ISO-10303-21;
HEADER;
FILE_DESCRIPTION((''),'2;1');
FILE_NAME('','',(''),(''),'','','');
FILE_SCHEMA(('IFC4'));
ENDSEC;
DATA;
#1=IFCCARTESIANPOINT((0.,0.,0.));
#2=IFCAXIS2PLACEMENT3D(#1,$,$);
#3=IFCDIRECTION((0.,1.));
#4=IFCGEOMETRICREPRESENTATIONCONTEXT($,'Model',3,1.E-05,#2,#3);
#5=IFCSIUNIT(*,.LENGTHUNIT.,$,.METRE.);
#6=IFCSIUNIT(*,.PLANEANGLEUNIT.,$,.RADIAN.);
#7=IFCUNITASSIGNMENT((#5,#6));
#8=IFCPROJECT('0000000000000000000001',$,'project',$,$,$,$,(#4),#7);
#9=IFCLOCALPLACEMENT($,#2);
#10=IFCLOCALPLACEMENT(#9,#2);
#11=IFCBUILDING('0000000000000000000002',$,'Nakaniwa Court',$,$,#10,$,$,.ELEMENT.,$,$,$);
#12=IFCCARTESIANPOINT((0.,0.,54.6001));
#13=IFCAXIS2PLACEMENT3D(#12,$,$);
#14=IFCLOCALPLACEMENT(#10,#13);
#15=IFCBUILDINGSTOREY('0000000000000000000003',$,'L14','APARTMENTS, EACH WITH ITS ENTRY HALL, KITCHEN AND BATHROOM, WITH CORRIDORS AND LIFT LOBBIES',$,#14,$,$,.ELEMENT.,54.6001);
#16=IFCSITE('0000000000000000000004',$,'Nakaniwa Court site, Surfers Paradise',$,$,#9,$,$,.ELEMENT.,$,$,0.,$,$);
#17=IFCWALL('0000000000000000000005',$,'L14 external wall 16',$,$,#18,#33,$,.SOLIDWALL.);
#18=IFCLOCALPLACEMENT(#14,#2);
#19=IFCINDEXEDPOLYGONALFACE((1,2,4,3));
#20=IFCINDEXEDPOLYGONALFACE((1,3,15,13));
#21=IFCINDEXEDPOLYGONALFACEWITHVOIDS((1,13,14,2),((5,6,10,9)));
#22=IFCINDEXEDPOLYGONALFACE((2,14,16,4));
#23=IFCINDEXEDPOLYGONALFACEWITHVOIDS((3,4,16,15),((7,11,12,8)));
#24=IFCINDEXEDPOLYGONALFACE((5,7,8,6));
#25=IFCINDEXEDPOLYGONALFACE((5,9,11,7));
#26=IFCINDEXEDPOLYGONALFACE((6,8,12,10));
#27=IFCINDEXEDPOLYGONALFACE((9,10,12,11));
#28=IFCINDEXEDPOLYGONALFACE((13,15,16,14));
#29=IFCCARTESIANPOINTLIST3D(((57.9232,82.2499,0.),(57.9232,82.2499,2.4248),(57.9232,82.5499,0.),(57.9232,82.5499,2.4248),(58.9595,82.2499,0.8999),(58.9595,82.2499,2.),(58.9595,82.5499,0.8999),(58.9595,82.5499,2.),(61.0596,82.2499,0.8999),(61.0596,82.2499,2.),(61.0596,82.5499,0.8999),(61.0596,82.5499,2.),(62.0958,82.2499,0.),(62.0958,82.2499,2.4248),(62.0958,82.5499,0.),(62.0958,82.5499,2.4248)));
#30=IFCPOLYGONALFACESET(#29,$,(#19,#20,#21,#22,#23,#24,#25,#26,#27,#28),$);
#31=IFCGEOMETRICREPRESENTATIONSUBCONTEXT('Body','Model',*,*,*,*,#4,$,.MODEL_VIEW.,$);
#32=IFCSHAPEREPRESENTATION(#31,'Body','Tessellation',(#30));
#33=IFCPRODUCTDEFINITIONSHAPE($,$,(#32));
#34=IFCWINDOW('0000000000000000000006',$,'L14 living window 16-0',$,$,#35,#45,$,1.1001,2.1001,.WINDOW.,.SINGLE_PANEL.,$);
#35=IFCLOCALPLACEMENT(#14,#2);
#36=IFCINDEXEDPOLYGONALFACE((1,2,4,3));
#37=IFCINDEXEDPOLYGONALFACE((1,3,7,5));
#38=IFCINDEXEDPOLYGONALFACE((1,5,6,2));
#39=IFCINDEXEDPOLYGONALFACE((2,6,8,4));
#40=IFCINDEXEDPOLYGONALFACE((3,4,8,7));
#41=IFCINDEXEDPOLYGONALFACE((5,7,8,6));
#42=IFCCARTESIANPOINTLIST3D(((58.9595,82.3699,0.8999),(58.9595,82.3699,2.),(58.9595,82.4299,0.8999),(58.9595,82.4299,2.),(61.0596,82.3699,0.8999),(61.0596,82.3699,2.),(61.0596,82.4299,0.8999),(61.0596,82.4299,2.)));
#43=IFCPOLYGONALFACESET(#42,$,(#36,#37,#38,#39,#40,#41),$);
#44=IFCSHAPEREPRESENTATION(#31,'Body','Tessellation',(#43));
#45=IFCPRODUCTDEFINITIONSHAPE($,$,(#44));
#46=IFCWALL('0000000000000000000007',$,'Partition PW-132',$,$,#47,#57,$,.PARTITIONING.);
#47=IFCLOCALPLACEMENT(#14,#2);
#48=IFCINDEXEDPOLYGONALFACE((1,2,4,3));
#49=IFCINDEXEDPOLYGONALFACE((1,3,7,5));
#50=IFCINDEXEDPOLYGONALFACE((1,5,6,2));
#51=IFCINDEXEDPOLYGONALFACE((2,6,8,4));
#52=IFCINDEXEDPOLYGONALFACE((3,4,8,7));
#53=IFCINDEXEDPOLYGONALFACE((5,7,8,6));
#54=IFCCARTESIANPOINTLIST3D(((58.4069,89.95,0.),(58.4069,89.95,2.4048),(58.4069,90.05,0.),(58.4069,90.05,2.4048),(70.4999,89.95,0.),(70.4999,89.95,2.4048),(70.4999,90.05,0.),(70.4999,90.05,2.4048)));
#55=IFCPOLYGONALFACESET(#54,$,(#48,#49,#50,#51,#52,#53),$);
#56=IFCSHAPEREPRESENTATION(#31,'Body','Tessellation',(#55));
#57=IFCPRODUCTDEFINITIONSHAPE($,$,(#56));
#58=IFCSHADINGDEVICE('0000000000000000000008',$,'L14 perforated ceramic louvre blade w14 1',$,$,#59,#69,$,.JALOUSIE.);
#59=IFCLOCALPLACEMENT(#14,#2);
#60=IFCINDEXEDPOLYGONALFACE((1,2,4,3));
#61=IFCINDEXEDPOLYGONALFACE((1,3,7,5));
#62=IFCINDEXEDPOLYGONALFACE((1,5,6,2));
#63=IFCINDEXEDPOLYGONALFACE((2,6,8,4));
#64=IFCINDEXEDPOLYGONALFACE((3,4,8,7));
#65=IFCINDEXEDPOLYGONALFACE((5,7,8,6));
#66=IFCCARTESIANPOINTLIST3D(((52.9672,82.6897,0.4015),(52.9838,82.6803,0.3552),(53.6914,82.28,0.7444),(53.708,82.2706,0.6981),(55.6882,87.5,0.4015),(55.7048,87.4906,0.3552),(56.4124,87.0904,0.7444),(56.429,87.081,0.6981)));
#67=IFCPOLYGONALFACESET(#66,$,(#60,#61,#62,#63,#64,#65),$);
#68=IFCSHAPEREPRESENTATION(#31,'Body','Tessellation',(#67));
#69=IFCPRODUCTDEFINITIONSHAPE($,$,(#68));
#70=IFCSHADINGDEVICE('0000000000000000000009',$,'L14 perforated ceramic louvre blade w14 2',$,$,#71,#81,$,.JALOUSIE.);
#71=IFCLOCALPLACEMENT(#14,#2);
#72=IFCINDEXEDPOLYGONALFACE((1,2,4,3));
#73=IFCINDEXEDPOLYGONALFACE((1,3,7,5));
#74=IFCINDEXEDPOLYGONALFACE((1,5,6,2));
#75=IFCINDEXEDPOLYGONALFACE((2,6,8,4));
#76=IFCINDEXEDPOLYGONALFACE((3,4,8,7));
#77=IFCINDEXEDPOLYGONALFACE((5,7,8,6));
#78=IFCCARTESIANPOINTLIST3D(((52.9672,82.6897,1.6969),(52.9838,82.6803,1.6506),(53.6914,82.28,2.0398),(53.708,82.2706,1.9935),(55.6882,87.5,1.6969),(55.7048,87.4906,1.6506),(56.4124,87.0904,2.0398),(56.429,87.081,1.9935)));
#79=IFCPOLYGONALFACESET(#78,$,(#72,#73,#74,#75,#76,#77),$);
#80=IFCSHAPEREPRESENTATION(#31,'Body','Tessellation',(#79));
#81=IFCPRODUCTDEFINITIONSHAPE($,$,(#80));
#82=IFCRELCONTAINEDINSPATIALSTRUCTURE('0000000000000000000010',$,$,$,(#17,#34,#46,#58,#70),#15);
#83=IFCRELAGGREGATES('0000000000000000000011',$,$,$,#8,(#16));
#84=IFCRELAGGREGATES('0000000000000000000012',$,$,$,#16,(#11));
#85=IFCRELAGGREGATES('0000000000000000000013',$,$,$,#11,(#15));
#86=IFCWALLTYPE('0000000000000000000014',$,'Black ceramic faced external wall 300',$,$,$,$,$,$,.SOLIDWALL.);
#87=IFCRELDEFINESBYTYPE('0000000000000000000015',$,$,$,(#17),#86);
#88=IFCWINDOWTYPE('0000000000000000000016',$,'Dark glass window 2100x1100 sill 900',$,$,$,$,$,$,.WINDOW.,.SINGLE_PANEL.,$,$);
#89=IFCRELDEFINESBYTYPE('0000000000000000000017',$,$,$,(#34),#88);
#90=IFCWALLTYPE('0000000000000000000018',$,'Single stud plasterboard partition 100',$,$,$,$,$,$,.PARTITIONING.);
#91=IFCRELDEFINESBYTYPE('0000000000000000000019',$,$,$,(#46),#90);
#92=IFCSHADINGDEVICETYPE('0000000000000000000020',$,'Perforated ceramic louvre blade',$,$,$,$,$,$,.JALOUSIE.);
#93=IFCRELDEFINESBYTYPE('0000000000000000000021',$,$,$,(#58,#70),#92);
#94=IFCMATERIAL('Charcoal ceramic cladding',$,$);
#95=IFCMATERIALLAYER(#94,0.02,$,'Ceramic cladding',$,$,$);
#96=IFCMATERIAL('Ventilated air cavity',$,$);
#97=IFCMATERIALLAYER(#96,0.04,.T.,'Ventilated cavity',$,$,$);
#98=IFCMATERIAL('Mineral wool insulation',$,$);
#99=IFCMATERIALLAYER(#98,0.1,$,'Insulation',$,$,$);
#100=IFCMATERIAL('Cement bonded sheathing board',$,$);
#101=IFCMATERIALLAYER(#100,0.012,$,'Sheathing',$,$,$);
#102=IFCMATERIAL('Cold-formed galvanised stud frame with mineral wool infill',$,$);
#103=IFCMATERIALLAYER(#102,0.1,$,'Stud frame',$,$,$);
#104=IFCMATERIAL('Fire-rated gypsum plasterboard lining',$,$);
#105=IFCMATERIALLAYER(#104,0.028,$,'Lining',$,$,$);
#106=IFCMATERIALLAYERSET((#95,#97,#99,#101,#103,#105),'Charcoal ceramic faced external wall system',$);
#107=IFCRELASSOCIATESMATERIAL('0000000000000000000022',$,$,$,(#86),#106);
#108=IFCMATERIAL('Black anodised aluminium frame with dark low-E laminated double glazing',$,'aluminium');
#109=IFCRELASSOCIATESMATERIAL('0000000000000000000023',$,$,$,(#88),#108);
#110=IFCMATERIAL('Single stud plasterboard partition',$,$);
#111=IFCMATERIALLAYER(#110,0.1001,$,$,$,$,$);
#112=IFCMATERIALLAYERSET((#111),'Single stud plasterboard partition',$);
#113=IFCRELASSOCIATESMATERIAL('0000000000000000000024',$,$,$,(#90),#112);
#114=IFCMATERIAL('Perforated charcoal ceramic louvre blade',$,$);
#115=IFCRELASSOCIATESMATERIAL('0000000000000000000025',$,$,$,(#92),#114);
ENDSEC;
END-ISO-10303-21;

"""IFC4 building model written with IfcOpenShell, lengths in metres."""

from ifc_helpers import new_model, si_unit, direction, frame, frame_2d, origin, origin_2d, place, context, subcontext, project, spatial, rectangle, extrude, material, layer, layer_set, material_profile, profile_set, type_object, element, fill, save


model = new_model("IFC4")

# Units and contexts
model_context = context("Model", 3, precision=1e-05, world=origin(), true_north=direction((0.0, 1.0)))
body_context = subcontext(model_context, "Body", "Model", "MODEL_VIEW")
ifc_project = project(units=[si_unit("LENGTHUNIT", "METRE"), si_unit("PLANEANGLEUNIT", "RADIAN")], contexts=[model_context])

# Site, building, storey
site_placement = place(None, origin())
site = spatial("IfcSite", under=ifc_project, at=site_placement, Name="Nakaniwa Court site, Surfers Paradise", CompositionType="ELEMENT", RefElevation=0.0)
building_placement = place(site_placement, origin())
building = spatial("IfcBuilding", under=site, at=building_placement, Name="Nakaniwa Court", CompositionType="ELEMENT")
storey_placement = place(building_placement, frame((0.0, 0.0, 54.6001)))
storey = spatial("IfcBuildingStorey", under=building, at=storey_placement, Name="L14", Description="APARTMENTS, EACH WITH ITS ENTRY HALL, KITCHEN AND BATHROOM, WITH CORRIDORS AND LIFT LOBBIES", CompositionType="ELEMENT", Elevation=54.6001)

# Shared definitions
ifc_material_1 = material(Name="Charcoal ceramic cladding")
ifc_layer_1 = layer(ifc_material_1, 0.02, Name="Ceramic cladding")
ifc_material_2 = material(Name="Ventilated air cavity")
ifc_layer_2 = layer(ifc_material_2, 0.04, ventilated=True, Name="Ventilated cavity")
ifc_material_3 = material(Name="Mineral wool insulation")
ifc_layer_3 = layer(ifc_material_3, 0.1, Name="Insulation")
ifc_material_4 = material(Name="Cement bonded sheathing board")
ifc_layer_4 = layer(ifc_material_4, 0.012, Name="Sheathing")
ifc_material_5 = material(Name="Cold-formed galvanised stud frame with mineral wool infill")
ifc_layer_5 = layer(ifc_material_5, 0.1, Name="Stud frame")
ifc_material_6 = material(Name="Fire-rated gypsum plasterboard lining")
ifc_layer_6 = layer(ifc_material_6, 0.028, Name="Lining")
ifc_layer_set_1 = layer_set([ifc_layer_1, ifc_layer_2, ifc_layer_3, ifc_layer_4, ifc_layer_5, ifc_layer_6], Name="Charcoal ceramic faced external wall system")
wall_type_1 = type_object("IfcWallType", Name="Black ceramic faced external wall 300", PredefinedType="SOLIDWALL", material=ifc_layer_set_1)
ifc_material_7 = material(Name="Black anodised aluminium frame with dark low-E laminated double glazing", Category="aluminium")

# Wall, opening, window
window_type_1 = type_object("IfcWindowType", Name="Dark glass window 2100x1100 sill 900", PartitioningType="SINGLE_PANEL", PredefinedType="WINDOW", material=ifc_material_7)
wall_1_placement = place(storey_placement, frame((57.9231, 82.3999, 0.0), z_axis=(0.0, 0.0, 1.0), x_axis=(1.0, 0.0, 0.0)))
wall_1 = element("IfcWall", 1, at=wall_1_placement, inside=storey, type_object=wall_type_1, Name="L14 external wall 16", PredefinedType="SOLIDWALL", context=body_context, shape_type="SweptSolid", body=[
    extrude(rectangle(XDim=4.1726, YDim=0.3, at=frame_2d((2.0864, 0.0))), origin(), (0.0, 0.0, 1.0), 2.4248),
])
opening_1_placement = place(wall_1_placement, frame((1.0364, 0.0, 0.8999)))
opening_1 = element("IfcOpeningElement", 2, at=opening_1_placement, cuts=wall_1, PredefinedType="OPENING", context=body_context, shape_type="SweptSolid", body=[
    extrude(rectangle(XDim=2.1001, YDim=1.1001, at=frame_2d((1.05, 0.55))), frame((0.0, 0.1599, 0.0), z_axis=(0.0, -1.0, 0.0), x_axis=(1.0, 0.0, 0.0)), (0.0, 0.0, 1.0), 0.3201),
])
window_1_placement = place(opening_1_placement, origin())
window_1 = element("IfcWindow", 3, at=window_1_placement, inside=storey, type_object=window_type_1, Name="L14 living window 16-0", OverallHeight=1.1001, OverallWidth=2.1001, PartitioningType="SINGLE_PANEL", PredefinedType="WINDOW", context=body_context, shape_type="SweptSolid", body=[
    extrude(rectangle(XDim=2.1001, YDim=1.1001, at=frame_2d((1.05, 0.55))), frame((0.0, 0.03, 0.0), z_axis=(0.0, -1.0, 0.0), x_axis=(1.0, 0.0, 0.0)), (0.0, 0.0, 1.0), 0.0601),
])
fill(opening_1, window_1)

# Wall
ifc_material_8 = material(Name="Single stud plasterboard partition")
ifc_layer_7 = layer(ifc_material_8, 0.1001)
ifc_layer_set_2 = layer_set([ifc_layer_7], Name="Single stud plasterboard partition")
wall_type_2 = type_object("IfcWallType", Name="Single stud plasterboard partition 100", PredefinedType="PARTITIONING", material=ifc_layer_set_2)
wall_2_placement = place(storey_placement, frame((58.407, 90.0, 0.0), z_axis=(0.0, 0.0, 1.0), x_axis=(1.0, 0.0, 0.0)))
element("IfcWall", 4, at=wall_2_placement, inside=storey, type_object=wall_type_2, Name="Partition PW-132", PredefinedType="PARTITIONING", context=body_context, shape_type="SweptSolid", body=[
    extrude(rectangle(XDim=12.093, YDim=0.1001, at=frame_2d((6.0464, 0.0))), origin(), (0.0, 0.0, 1.0), 2.4048),
])

# Shading devices
ifc_material_9 = material(Name="Perforated charcoal ceramic louvre blade")
ifc_material_profile_1 = material_profile(ifc_material_9, rectangle(XDim=0.8999, YDim=0.05, at=origin_2d()), Name="Perforated ceramic louvre blade")
ifc_profile_set_1 = profile_set([ifc_material_profile_1], Name="Perforated charcoal ceramic louvre blade")
shading_device_type = type_object("IfcShadingDeviceType", Name="Perforated ceramic louvre blade", PredefinedType="JALOUSIE", material=ifc_profile_set_1)
for number, where, z_axis, x_axis, name in (
    (5, (56.0586, 87.2905, 0.5498), (-0.492343, -0.870402, 0.0), (0.804726, -0.455193, 0.38107), "L14 perforated ceramic louvre blade w14 1"),
    (6, (56.0586, 87.2905, 1.8452), (-0.492343, -0.870402, 0.0), (0.804726, -0.455193, 0.38107), "L14 perforated ceramic louvre blade w14 2"),
):
    element("IfcShadingDevice", number, at=place(storey_placement, frame(where, z_axis=z_axis, x_axis=x_axis)), inside=storey, type_object=shading_device_type, Name=name, PredefinedType="JALOUSIE", context=body_context, shape_type="SweptSolid", body=[
        extrude(rectangle(XDim=0.8999, YDim=0.05, at=origin_2d()), origin(), (0.0, 0.0, 1.0), 5.5266),
    ])

save(model, "model.ifc")
